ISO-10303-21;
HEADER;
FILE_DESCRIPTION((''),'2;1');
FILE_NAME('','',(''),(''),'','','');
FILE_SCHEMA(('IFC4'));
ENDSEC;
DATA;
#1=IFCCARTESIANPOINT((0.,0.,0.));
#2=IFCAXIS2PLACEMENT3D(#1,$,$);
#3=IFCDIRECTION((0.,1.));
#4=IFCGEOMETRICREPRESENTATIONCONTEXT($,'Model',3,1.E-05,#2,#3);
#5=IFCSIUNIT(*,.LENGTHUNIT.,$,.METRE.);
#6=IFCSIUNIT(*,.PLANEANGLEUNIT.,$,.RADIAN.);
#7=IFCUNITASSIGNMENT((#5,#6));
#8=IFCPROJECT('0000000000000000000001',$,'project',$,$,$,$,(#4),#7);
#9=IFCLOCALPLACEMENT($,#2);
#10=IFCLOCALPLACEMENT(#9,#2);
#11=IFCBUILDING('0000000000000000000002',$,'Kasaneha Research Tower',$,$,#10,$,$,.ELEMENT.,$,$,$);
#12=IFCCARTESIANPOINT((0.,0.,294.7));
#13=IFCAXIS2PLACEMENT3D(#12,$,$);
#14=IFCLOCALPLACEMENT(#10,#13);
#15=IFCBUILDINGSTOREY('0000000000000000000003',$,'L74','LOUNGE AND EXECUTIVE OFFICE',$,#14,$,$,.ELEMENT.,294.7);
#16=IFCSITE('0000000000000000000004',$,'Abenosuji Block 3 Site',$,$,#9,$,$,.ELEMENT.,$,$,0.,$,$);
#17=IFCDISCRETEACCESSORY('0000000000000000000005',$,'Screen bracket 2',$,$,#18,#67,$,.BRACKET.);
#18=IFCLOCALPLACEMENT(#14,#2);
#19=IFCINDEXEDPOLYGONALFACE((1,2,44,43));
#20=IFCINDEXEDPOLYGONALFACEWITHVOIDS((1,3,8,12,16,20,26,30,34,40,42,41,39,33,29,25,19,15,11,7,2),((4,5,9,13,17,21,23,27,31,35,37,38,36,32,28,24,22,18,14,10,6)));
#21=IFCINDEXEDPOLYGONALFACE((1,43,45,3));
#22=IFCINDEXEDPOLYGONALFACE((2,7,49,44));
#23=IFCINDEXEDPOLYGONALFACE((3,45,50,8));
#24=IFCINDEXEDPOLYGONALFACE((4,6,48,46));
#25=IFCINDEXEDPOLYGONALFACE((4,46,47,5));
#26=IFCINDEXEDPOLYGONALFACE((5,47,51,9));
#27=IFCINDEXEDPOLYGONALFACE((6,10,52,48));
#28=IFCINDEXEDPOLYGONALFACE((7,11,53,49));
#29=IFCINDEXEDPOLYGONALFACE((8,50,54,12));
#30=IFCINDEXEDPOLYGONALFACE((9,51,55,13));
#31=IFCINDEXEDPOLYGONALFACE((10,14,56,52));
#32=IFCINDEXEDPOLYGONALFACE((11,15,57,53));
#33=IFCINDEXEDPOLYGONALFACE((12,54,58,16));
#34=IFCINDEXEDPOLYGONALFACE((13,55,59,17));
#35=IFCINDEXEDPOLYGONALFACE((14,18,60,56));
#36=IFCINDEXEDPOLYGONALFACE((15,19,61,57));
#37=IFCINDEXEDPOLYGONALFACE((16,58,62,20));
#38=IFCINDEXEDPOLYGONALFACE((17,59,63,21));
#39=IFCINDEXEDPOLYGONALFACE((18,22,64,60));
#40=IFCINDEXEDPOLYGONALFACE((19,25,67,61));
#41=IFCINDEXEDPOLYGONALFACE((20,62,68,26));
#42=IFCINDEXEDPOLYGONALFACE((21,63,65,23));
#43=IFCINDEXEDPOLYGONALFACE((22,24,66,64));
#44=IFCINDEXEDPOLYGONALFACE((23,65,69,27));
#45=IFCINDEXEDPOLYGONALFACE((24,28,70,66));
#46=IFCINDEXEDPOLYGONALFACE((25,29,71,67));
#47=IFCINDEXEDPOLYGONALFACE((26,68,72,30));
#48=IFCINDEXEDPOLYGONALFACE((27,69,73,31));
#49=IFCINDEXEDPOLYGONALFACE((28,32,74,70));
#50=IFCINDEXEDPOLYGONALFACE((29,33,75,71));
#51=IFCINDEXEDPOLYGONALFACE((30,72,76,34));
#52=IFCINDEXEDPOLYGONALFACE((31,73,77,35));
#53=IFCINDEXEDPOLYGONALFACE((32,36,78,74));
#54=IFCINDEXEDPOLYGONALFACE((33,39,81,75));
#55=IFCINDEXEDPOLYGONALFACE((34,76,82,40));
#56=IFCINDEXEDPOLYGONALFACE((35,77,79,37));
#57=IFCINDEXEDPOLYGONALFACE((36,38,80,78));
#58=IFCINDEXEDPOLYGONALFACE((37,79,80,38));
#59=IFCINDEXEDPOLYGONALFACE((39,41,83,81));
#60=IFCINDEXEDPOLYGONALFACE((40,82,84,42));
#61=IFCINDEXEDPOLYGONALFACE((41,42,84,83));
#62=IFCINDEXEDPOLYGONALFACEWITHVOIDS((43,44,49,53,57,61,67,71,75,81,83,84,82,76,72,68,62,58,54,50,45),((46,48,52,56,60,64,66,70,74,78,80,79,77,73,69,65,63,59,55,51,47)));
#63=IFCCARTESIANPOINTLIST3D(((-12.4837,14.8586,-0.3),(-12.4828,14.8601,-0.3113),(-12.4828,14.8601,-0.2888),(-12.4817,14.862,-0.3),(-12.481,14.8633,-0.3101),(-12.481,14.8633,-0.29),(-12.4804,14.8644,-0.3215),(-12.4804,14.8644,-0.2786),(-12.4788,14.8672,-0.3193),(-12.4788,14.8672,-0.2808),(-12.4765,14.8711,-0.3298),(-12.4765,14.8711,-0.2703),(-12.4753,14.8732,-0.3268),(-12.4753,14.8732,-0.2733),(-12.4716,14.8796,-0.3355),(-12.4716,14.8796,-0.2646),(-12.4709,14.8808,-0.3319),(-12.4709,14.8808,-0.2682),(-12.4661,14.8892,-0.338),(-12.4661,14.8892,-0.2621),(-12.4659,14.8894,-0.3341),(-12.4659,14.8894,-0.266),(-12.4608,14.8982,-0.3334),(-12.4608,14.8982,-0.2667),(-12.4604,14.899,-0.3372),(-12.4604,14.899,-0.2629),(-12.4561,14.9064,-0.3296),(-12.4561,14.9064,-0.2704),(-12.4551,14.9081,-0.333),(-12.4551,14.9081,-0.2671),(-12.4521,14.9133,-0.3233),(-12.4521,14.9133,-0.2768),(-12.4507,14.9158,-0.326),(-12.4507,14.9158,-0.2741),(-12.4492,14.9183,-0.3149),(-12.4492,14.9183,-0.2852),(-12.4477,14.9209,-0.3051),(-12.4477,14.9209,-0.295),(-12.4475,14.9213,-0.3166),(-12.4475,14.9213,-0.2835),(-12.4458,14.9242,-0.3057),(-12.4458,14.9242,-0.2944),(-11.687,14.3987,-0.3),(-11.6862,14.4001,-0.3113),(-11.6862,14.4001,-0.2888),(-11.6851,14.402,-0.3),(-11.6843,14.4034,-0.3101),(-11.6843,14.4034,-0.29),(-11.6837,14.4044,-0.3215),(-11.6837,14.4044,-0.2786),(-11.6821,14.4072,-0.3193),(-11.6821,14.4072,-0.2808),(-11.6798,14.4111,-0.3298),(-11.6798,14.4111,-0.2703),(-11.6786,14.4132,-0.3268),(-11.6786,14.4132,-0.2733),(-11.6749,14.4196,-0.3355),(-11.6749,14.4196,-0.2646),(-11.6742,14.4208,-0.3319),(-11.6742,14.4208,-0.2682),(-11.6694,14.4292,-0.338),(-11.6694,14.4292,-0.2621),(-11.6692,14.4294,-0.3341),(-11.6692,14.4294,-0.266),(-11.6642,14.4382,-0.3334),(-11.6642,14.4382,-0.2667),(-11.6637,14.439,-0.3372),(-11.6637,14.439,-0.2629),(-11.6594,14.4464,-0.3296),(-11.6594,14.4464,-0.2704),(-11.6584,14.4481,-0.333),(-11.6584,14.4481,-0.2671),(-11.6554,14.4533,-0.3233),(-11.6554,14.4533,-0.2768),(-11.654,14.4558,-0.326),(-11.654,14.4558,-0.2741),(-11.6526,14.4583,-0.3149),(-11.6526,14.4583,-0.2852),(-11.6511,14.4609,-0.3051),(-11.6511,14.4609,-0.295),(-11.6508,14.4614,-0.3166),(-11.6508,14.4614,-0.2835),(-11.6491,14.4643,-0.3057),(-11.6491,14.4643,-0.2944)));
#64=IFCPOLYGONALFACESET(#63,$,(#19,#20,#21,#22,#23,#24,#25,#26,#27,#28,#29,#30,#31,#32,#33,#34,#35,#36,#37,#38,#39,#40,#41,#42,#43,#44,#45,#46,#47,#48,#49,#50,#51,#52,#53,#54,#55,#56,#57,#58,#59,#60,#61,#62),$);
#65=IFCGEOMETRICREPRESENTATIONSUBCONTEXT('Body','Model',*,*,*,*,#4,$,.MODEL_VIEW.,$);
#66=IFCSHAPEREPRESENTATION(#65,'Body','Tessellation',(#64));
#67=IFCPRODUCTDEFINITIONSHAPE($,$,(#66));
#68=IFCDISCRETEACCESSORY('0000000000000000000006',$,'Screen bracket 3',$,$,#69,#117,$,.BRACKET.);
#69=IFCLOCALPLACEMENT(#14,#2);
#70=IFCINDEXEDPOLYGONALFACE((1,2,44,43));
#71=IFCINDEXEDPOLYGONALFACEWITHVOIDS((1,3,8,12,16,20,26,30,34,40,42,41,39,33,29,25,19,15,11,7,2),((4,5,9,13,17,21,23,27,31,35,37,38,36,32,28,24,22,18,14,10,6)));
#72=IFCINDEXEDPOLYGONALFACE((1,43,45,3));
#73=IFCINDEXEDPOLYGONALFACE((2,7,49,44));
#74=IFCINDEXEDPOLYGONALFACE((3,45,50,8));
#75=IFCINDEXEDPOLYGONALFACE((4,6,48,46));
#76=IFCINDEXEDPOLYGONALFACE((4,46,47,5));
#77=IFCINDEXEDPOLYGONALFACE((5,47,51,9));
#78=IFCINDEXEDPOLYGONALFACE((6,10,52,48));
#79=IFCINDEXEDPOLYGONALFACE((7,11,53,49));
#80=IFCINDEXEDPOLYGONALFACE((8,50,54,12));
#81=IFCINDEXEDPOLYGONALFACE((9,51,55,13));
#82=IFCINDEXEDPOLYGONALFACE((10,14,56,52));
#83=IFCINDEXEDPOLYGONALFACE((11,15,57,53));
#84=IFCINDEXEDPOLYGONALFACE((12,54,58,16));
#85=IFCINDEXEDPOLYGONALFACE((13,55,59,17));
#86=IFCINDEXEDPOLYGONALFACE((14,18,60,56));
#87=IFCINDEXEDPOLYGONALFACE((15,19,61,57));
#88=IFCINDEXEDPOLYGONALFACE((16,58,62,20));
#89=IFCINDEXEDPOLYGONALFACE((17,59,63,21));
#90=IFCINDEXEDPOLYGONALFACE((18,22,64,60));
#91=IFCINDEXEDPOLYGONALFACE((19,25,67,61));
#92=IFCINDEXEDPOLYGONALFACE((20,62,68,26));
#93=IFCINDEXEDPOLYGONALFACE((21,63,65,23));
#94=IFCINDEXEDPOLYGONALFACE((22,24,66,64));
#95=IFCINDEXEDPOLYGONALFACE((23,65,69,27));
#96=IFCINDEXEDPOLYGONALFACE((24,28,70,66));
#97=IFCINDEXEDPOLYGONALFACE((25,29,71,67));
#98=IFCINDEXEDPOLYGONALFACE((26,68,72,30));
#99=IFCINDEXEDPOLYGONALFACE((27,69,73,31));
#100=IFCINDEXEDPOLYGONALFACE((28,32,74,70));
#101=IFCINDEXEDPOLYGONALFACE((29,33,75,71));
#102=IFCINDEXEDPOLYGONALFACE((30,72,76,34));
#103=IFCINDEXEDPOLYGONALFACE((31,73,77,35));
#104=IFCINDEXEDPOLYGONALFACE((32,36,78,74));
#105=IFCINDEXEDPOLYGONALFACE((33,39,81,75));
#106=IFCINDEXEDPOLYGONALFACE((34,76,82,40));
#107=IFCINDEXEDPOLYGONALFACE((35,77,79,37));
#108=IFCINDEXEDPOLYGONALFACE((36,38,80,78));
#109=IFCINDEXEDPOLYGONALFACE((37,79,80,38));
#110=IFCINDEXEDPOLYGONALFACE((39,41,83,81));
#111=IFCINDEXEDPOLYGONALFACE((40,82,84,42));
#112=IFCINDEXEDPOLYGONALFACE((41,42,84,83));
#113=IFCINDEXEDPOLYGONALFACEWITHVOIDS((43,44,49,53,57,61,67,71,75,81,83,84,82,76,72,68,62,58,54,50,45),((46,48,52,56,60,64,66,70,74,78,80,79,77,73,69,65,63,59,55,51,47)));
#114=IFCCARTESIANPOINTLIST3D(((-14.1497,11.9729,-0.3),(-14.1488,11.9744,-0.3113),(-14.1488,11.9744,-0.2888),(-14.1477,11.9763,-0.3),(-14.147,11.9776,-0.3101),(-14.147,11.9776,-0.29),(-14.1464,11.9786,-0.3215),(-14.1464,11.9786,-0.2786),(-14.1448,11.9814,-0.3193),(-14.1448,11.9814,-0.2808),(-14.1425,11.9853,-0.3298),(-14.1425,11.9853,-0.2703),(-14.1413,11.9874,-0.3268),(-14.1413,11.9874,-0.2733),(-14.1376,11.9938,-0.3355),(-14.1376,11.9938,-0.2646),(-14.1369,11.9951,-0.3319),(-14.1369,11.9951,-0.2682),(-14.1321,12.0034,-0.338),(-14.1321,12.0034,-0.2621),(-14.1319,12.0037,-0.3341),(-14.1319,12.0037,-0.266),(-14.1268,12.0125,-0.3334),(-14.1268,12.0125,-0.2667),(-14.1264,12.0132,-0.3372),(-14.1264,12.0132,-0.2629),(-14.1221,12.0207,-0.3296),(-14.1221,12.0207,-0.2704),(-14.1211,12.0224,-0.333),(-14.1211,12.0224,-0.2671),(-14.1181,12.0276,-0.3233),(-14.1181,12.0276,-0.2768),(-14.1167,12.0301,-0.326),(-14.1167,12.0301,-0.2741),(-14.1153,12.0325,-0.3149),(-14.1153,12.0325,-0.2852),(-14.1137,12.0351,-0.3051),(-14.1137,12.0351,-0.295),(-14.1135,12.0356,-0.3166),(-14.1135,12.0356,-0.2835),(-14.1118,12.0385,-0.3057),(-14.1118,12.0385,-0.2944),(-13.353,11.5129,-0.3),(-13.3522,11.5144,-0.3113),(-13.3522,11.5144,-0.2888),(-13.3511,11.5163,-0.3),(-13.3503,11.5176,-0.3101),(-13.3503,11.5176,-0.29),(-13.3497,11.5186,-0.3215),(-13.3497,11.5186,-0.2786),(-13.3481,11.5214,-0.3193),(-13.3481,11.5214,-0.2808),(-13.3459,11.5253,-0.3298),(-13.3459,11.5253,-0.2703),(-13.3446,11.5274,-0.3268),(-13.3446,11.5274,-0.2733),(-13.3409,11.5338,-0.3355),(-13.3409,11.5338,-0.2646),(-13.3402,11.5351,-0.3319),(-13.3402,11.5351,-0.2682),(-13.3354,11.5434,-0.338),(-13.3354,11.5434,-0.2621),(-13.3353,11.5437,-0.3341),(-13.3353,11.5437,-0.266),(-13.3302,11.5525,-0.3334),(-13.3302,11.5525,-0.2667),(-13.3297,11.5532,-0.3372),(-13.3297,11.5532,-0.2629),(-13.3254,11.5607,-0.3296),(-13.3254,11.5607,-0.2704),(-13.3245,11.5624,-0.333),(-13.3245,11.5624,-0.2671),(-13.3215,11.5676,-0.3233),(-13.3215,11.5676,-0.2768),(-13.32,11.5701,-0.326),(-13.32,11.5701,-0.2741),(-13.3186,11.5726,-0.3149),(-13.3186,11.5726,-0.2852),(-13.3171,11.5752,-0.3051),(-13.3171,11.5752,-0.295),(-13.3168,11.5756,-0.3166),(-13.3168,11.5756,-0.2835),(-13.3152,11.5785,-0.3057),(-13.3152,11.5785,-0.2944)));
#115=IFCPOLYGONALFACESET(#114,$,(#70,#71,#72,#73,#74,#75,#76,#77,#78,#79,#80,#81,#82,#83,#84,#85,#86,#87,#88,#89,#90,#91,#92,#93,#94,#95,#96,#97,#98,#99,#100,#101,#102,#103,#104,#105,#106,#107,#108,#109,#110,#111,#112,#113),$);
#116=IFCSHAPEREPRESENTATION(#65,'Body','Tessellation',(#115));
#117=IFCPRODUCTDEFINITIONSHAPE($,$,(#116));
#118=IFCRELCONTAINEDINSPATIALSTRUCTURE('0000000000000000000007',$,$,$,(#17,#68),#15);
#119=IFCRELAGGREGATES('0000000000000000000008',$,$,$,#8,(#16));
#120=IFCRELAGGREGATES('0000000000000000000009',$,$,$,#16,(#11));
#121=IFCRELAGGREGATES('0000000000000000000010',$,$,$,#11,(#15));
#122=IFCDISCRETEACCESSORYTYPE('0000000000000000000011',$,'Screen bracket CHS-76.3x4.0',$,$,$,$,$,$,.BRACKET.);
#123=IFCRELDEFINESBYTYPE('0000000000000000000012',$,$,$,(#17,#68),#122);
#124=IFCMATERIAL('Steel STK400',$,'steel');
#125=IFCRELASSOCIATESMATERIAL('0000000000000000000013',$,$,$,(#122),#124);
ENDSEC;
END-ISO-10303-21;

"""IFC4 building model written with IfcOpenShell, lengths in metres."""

from ifc_helpers import new_model, si_unit, direction, frame, origin, origin_2d, place, context, subcontext, project, spatial, hollow_circle, extrude, material, material_profile, profile_set, type_object, element, save


model = new_model("IFC4")

# Units and contexts
model_context = context("Model", 3, precision=1e-05, world=origin(), true_north=direction((0.0, 1.0)))
body_context = subcontext(model_context, "Body", "Model", "MODEL_VIEW")
ifc_project = project(units=[si_unit("LENGTHUNIT", "METRE"), si_unit("PLANEANGLEUNIT", "RADIAN")], contexts=[model_context])

# Site, building, storey
site_placement = place(None, origin())
site = spatial("IfcSite", under=ifc_project, at=site_placement, Name="Abenosuji Block 3 Site", CompositionType="ELEMENT", RefElevation=0.0)
building_placement = place(site_placement, origin())
building = spatial("IfcBuilding", under=site, at=building_placement, Name="Kasaneha Research Tower", CompositionType="ELEMENT")
storey_placement = place(building_placement, frame((0.0, 0.0, 294.7)))
storey = spatial("IfcBuildingStorey", under=building, at=storey_placement, Name="L74", Description="LOUNGE AND EXECUTIVE OFFICE", CompositionType="ELEMENT", Elevation=294.7)

# Discrete accessories
ifc_material_1 = material(Name="Steel STK400", Category="steel")
ifc_material_profile_1 = material_profile(ifc_material_1, hollow_circle(Radius=0.0381, WallThickness=0.0039, at=origin_2d()), Name="CHS-76.3x4.0")
ifc_profile_set_1 = profile_set([ifc_material_profile_1], Name="Steel STK400")
discrete_accessory_type = type_object("IfcDiscreteAccessoryType", Name="Screen bracket CHS-76.3x4.0", PredefinedType="BRACKET", material=ifc_profile_set_1)
for number, where, z_axis, x_axis, name in (
    (1, (-11.668, 14.4316, -0.3), (-0.866013, 0.500021, 0.0), (-0.500021, -0.866013, 0.0), "Screen bracket 2"),
    (2, (-13.334, 11.5459, -0.3), (-0.866013, 0.500021, 0.0), (-0.500021, -0.866013, 0.0), "Screen bracket 3"),
):
    element("IfcDiscreteAccessory", number, at=place(storey_placement, frame(where, z_axis=z_axis, x_axis=x_axis)), inside=storey, type_object=discrete_accessory_type, Name=name, PredefinedType="BRACKET", context=body_context, shape_type="SweptSolid", body=[
        extrude(hollow_circle(Radius=0.0381, WallThickness=0.0039, at=origin_2d()), origin(), (0.0, 0.0, 1.0), 0.9199),
    ])

save(model, "model.ifc")
